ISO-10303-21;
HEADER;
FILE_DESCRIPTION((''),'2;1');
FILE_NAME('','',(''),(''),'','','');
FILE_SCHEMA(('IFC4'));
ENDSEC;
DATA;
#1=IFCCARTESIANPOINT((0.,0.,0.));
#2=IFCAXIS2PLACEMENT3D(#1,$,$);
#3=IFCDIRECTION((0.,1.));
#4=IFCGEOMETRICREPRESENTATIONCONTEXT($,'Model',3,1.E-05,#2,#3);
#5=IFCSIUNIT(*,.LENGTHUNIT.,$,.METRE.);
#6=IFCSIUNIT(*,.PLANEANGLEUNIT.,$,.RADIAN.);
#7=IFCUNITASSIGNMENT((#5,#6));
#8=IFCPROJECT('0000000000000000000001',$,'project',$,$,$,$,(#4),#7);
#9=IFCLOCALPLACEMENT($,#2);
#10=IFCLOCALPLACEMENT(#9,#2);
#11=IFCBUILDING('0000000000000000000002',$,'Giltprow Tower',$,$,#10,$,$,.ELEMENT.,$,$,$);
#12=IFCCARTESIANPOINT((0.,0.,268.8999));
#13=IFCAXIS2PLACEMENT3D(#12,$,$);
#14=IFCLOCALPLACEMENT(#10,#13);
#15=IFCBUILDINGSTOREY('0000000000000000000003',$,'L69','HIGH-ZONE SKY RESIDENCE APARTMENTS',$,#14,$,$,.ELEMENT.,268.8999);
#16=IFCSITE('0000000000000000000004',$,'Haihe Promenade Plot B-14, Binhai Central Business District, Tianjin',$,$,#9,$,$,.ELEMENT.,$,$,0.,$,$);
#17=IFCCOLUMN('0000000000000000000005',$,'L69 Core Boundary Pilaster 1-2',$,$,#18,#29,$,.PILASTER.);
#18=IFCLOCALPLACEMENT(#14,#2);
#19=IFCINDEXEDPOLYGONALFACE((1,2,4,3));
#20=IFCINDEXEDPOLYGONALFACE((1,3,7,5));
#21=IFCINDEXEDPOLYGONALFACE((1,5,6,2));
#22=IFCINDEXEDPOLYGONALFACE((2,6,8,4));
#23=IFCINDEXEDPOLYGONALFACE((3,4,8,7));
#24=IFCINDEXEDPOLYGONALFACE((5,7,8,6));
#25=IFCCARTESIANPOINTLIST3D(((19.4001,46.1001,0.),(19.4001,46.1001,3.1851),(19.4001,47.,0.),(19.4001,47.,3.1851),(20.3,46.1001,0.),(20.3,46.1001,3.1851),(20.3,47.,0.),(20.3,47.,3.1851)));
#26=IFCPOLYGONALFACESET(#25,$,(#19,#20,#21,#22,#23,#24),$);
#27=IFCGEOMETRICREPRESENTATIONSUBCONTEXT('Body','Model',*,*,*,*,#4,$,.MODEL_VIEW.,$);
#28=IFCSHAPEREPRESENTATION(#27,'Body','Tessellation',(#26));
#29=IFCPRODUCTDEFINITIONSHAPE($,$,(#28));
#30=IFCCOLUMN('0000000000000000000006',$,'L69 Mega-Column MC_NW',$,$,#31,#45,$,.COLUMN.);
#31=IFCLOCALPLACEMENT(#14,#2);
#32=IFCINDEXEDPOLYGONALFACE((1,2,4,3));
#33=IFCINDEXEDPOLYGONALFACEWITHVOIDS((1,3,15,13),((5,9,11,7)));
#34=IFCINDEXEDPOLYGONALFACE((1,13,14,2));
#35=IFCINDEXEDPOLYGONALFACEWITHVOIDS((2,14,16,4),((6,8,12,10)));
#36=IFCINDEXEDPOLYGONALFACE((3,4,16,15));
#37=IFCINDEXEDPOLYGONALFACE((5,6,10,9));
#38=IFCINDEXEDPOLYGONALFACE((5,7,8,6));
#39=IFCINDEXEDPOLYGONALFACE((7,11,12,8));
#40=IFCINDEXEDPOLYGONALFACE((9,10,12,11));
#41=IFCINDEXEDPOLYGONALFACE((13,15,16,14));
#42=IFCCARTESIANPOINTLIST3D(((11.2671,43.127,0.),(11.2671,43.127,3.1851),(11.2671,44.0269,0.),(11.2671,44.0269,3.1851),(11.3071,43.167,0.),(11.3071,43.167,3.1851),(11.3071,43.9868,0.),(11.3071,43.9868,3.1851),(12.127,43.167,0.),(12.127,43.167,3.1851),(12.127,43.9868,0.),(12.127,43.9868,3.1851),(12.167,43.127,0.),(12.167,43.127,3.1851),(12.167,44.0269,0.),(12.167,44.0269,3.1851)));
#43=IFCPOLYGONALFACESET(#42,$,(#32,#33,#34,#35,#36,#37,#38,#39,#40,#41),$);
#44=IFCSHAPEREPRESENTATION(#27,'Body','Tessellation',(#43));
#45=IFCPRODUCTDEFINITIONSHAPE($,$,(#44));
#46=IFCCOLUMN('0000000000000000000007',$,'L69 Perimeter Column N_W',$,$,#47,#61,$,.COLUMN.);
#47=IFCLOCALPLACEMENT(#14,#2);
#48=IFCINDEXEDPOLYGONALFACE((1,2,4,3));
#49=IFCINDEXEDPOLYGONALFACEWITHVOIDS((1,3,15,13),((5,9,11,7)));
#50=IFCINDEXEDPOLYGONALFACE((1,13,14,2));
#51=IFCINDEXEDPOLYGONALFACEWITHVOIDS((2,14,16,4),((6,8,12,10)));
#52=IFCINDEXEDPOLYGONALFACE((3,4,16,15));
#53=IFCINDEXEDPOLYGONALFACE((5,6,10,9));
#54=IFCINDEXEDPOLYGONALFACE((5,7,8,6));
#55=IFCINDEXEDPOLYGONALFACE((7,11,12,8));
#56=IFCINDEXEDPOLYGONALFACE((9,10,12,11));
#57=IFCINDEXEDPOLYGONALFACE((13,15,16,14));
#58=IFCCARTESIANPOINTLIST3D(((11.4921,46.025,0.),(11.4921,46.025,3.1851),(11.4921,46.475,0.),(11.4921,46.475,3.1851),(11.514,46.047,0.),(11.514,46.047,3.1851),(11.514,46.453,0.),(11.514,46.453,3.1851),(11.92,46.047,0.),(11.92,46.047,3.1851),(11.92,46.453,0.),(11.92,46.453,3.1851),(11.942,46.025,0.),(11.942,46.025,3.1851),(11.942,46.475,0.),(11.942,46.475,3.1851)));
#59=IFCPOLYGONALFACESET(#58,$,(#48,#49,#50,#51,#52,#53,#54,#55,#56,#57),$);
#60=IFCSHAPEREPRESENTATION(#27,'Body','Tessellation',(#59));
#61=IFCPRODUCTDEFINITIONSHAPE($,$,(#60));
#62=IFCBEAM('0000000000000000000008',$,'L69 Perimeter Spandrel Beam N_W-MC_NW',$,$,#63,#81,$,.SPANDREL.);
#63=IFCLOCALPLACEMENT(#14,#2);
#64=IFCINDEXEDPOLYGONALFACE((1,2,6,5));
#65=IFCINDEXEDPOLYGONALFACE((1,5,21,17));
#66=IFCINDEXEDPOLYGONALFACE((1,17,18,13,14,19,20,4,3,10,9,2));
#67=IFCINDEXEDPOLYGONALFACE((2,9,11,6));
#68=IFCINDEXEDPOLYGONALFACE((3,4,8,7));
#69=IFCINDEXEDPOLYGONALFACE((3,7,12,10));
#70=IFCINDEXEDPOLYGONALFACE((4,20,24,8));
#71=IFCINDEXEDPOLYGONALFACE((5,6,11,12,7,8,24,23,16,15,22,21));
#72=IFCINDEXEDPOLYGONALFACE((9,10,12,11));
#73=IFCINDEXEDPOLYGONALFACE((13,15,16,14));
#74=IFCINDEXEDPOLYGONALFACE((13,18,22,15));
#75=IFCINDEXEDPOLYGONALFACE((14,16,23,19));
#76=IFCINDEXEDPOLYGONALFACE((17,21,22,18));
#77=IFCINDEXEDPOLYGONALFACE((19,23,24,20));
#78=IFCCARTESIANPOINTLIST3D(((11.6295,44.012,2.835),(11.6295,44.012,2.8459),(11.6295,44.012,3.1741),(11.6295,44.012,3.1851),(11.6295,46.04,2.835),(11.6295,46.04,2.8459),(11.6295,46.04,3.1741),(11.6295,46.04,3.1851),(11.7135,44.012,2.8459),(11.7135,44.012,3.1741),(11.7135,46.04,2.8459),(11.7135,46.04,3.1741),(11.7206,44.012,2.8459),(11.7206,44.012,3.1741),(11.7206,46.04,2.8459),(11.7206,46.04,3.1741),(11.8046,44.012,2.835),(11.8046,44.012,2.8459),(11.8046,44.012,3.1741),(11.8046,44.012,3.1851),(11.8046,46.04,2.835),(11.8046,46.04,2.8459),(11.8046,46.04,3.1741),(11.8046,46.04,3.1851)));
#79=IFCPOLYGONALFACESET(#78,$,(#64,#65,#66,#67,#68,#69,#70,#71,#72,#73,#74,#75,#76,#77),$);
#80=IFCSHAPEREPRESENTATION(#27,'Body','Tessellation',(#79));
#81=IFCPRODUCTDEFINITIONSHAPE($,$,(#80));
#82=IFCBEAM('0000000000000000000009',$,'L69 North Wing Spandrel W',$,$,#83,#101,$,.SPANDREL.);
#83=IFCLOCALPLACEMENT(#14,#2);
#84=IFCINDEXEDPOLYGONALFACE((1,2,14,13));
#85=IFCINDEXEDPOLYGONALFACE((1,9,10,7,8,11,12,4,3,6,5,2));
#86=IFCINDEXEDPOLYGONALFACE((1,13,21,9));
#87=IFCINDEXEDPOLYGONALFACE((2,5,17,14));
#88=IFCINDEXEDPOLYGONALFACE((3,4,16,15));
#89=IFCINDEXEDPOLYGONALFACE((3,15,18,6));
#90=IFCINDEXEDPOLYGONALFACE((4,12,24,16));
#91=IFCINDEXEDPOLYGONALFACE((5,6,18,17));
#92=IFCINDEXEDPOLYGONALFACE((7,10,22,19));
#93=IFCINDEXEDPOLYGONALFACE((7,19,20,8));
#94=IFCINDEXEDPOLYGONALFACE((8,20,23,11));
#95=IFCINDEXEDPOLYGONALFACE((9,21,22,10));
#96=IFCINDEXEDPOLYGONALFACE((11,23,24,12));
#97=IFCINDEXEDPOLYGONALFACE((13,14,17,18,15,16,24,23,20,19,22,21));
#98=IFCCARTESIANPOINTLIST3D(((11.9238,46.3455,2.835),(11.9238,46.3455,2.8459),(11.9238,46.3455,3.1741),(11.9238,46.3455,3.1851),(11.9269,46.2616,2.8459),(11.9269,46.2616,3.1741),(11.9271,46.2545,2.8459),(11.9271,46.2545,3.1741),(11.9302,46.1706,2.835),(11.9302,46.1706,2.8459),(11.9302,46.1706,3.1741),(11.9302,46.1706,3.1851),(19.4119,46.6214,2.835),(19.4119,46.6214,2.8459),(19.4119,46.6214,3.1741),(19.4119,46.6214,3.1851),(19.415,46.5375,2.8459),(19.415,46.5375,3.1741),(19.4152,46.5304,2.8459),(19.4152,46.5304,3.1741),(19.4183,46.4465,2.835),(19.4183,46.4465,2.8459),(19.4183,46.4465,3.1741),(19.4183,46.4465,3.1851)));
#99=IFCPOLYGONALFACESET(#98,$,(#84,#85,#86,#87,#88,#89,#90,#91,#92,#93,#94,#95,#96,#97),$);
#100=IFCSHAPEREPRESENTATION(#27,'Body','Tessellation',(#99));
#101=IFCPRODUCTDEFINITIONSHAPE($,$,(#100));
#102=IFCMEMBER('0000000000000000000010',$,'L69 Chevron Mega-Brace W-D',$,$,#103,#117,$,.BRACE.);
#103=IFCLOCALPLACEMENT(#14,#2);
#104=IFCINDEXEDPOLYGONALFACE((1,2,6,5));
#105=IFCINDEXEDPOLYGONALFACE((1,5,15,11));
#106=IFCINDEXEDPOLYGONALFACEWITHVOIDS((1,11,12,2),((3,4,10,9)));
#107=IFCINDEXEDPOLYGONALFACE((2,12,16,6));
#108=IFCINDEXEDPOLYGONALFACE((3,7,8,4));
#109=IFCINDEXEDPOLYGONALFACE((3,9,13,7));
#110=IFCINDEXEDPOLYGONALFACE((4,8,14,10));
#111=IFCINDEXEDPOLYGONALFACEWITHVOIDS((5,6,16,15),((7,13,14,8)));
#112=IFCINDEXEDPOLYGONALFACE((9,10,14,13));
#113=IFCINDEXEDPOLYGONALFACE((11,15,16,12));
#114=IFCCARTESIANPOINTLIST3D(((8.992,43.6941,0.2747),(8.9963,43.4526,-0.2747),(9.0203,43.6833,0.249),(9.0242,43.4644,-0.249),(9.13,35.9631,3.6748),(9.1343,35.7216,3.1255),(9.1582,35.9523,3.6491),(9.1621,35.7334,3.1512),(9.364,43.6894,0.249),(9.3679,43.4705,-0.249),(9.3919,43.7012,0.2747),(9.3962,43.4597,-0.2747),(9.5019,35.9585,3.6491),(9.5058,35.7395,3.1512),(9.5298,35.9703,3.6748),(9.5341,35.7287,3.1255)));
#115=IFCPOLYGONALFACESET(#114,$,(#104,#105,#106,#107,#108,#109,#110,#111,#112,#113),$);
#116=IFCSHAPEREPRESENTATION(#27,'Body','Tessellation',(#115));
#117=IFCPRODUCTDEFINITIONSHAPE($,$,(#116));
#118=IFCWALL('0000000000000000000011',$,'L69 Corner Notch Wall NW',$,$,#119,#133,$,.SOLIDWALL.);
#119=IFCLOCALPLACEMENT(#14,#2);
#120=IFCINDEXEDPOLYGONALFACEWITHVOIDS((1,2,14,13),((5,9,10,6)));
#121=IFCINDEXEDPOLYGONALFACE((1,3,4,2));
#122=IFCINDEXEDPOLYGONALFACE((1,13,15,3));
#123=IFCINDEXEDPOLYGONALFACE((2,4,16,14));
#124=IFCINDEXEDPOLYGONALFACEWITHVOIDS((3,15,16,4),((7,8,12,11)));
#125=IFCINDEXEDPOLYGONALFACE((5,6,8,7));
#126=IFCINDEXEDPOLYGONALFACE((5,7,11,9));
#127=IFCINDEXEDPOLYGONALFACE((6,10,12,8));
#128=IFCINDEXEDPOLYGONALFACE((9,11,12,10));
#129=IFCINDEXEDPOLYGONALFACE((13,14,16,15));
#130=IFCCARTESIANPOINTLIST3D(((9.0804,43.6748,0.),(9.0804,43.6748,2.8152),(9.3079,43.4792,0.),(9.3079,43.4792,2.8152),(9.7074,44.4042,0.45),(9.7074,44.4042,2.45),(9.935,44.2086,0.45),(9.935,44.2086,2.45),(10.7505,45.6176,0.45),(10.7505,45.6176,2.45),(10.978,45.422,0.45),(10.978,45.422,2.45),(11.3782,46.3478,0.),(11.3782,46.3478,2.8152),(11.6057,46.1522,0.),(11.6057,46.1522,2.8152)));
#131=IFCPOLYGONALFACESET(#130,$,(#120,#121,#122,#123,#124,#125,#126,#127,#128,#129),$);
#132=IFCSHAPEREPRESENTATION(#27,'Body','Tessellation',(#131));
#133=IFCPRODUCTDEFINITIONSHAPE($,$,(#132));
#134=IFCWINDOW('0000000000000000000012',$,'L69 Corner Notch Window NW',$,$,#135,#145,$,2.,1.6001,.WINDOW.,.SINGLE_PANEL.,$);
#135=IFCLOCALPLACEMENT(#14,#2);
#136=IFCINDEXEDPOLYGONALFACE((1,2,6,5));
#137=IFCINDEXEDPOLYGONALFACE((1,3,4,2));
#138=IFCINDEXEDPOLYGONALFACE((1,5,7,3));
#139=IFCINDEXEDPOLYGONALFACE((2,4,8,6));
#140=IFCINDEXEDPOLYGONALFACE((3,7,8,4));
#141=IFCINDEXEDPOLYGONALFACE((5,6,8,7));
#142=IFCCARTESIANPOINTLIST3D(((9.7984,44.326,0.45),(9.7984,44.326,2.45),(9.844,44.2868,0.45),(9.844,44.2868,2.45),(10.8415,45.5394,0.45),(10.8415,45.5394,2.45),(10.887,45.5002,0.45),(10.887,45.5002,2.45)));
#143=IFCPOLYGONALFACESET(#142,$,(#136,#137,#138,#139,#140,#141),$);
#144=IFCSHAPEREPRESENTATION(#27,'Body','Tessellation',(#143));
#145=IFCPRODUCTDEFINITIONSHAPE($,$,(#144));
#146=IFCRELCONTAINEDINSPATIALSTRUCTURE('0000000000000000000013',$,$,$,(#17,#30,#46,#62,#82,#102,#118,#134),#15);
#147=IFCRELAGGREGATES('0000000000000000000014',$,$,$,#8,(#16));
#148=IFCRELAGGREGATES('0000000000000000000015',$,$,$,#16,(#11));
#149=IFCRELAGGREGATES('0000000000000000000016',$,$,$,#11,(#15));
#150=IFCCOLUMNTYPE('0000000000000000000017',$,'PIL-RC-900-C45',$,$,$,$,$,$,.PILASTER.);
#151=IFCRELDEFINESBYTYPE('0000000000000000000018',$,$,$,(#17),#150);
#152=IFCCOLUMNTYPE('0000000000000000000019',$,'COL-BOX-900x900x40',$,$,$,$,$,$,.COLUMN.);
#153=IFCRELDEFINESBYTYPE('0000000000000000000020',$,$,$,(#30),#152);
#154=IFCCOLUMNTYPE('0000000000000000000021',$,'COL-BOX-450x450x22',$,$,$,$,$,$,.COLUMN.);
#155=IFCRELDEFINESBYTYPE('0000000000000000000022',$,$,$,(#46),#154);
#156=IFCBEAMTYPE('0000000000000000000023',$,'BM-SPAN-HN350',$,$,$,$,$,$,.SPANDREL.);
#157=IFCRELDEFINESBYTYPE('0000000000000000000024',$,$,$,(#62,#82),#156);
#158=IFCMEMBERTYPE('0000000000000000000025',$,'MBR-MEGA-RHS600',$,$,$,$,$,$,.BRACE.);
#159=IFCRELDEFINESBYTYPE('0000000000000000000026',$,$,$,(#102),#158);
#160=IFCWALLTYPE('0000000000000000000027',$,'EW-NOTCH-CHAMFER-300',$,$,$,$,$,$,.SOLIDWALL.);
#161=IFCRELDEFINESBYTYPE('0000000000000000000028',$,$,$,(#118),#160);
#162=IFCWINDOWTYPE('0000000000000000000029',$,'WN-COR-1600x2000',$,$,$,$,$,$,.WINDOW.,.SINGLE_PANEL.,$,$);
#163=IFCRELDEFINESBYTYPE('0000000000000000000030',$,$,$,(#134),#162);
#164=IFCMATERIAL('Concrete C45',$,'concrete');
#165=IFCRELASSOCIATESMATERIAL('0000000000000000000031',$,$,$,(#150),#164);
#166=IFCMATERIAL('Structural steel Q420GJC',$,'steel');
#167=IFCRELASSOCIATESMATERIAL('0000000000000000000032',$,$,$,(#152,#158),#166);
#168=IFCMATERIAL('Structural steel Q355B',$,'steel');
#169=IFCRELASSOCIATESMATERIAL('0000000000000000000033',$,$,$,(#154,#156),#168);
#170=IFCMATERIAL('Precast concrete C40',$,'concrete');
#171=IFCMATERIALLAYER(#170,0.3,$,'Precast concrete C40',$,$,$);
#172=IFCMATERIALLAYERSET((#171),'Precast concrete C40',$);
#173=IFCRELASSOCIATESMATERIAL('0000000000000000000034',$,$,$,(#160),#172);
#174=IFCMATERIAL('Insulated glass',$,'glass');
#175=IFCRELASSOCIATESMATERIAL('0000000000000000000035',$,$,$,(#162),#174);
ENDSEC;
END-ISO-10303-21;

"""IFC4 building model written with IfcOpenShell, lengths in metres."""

from ifc_helpers import new_model, si_unit, direction, frame, frame_2d, origin, origin_2d, place, context, subcontext, project, spatial, rectangle, hollow_rectangle, i_section, extrude, source, transform, mapped, material, layer, layer_set, material_profile, profile_set, type_object, element, fill, save


model = new_model("IFC4")

# Units and contexts
model_context = context("Model", 3, precision=1e-05, world=origin(), true_north=direction((0.0, 1.0)))
body_context = subcontext(model_context, "Body", "Model", "MODEL_VIEW")
ifc_project = project(units=[si_unit("LENGTHUNIT", "METRE"), si_unit("PLANEANGLEUNIT", "RADIAN")], contexts=[model_context])

# Site, building, storey
site_placement = place(None, origin())
site = spatial("IfcSite", under=ifc_project, at=site_placement, Name="Haihe Promenade Plot B-14, Binhai Central Business District, Tianjin", CompositionType="ELEMENT", RefElevation=0.0)
building_placement = place(site_placement, origin())
building = spatial("IfcBuilding", under=site, at=building_placement, Name="Giltprow Tower", CompositionType="ELEMENT")
storey_placement = place(building_placement, frame((0.0, 0.0, 268.8999)))
storey = spatial("IfcBuildingStorey", under=building, at=storey_placement, Name="L69", Description="HIGH-ZONE SKY RESIDENCE APARTMENTS", CompositionType="ELEMENT", Elevation=268.8999)

# Columns
ifc_material_1 = material(Name="Concrete C45", Category="concrete")
ifc_material_profile_1 = material_profile(ifc_material_1, rectangle(XDim=0.8999, YDim=0.8999, at=origin_2d()), Name="RC 900x900")
ifc_profile_set_1 = profile_set([ifc_material_profile_1], Name="Concrete C45")
column_type_1 = type_object("IfcColumnType", Name="PIL-RC-900-C45", PredefinedType="PILASTER", material=ifc_profile_set_1)
shared_shape_1 = source(origin(), body_context, "Body", "SweptSolid", [
    extrude(rectangle(XDim=0.8999, YDim=0.8999, at=origin_2d()), origin(), (0.0, 0.0, 1.0), 3.1851),
])
column_1_placement = place(storey_placement, frame((19.8501, 46.55, 0.0), z_axis=(0.0, 0.0, 1.0), x_axis=(1.0, 0.0, 0.0)))
element("IfcColumn", 1, at=column_1_placement, inside=storey, type_object=column_type_1, Name="L69 Core Boundary Pilaster 1-2", PredefinedType="PILASTER", context=body_context, shape_type="MappedRepresentation", body=[
    mapped(shared_shape_1, transform((0.0, 0.0, 0.0), x_axis=(1.0, 0.0, 0.0), y_axis=(0.0, 1.0, 0.0), z_axis=(0.0, 0.0, 1.0), scale=1.0)),
])
ifc_material_2 = material(Name="Structural steel Q420GJC", Category="steel")
ifc_material_profile_2 = material_profile(ifc_material_2, hollow_rectangle(XDim=0.8999, YDim=0.8999, WallThickness=0.04, at=origin_2d()), Name="BOX 900x900x40")
ifc_profile_set_2 = profile_set([ifc_material_profile_2], Name="Structural steel Q420GJC")
column_type_2 = type_object("IfcColumnType", Name="COL-BOX-900x900x40", PredefinedType="COLUMN", material=ifc_profile_set_2)
shared_shape_2 = source(origin(), body_context, "Body", "SweptSolid", [
    extrude(hollow_rectangle(XDim=0.8999, YDim=0.8999, WallThickness=0.04, at=origin_2d()), origin(), (0.0, 0.0, 1.0), 3.1851),
])
column_2_placement = place(storey_placement, frame((11.717, 43.5769, 0.0), z_axis=(0.0, 0.0, 1.0), x_axis=(1.0, 0.0, 0.0)))
element("IfcColumn", 2, at=column_2_placement, inside=storey, type_object=column_type_2, Name="L69 Mega-Column MC_NW", PredefinedType="COLUMN", context=body_context, shape_type="MappedRepresentation", body=[
    mapped(shared_shape_2, transform((0.0, 0.0, 0.0), x_axis=(1.0, 0.0, 0.0), y_axis=(0.0, 1.0, 0.0), z_axis=(0.0, 0.0, 1.0), scale=1.0)),
])
ifc_material_3 = material(Name="Structural steel Q355B", Category="steel")
ifc_material_profile_3 = material_profile(ifc_material_3, hollow_rectangle(XDim=0.45, YDim=0.45, WallThickness=0.022, at=origin_2d()), Name="BOX 450x450x22")
ifc_profile_set_3 = profile_set([ifc_material_profile_3], Name="Structural steel Q355B")
column_type_3 = type_object("IfcColumnType", Name="COL-BOX-450x450x22", PredefinedType="COLUMN", material=ifc_profile_set_3)
shared_shape_3 = source(origin(), body_context, "Body", "SweptSolid", [
    extrude(hollow_rectangle(XDim=0.45, YDim=0.45, WallThickness=0.022, at=origin_2d()), origin(), (0.0, 0.0, 1.0), 3.1851),
])
column_3_placement = place(storey_placement, frame((11.717, 46.25, 0.0), z_axis=(0.0, 0.0, 1.0), x_axis=(1.0, 0.0, 0.0)))
element("IfcColumn", 3, at=column_3_placement, inside=storey, type_object=column_type_3, Name="L69 Perimeter Column N_W", PredefinedType="COLUMN", context=body_context, shape_type="MappedRepresentation", body=[
    mapped(shared_shape_3, transform((0.0, 0.0, 0.0), x_axis=(1.0, 0.0, 0.0), y_axis=(0.0, 1.0, 0.0), z_axis=(0.0, 0.0, 1.0), scale=1.0)),
])

# Beams
ifc_material_profile_4 = material_profile(ifc_material_3, i_section(OverallWidth=0.175, OverallDepth=0.3501, WebThickness=0.0071, FlangeThickness=0.011, at=origin_2d()), Name="HN 350x175x7x11")
ifc_profile_set_4 = profile_set([ifc_material_profile_4], Name="Structural steel Q355B")
beam_type = type_object("IfcBeamType", Name="BM-SPAN-HN350", PredefinedType="SPANDREL", material=ifc_profile_set_4)
shared_shape_4 = source(origin(), body_context, "Body", "SweptSolid", [
    extrude(i_section(OverallWidth=0.175, OverallDepth=0.3501, WebThickness=0.0071, FlangeThickness=0.011, at=origin_2d()), origin(), (0.0, 0.0, 1.0), 2.0281),
])
beam_1_placement = place(storey_placement, frame((11.717, 46.04, 3.01), z_axis=(0.0, -1.0, 0.0), x_axis=(1.0, 0.0, 0.0)))
element("IfcBeam", 4, at=beam_1_placement, inside=storey, type_object=beam_type, Name="L69 Perimeter Spandrel Beam N_W-MC_NW", PredefinedType="SPANDREL", context=body_context, shape_type="MappedRepresentation", body=[
    mapped(shared_shape_4, transform((0.0, 0.0, 0.0), x_axis=(1.0, 0.0, 0.0), y_axis=(0.0, 1.0, 0.0), z_axis=(0.0, 0.0, 1.0), scale=1.0)),
])
shared_shape_5 = source(origin(), body_context, "Body", "SweptSolid", [
    extrude(i_section(OverallWidth=0.175, OverallDepth=0.3501, WebThickness=0.0071, FlangeThickness=0.011, at=origin_2d()), origin(), (0.0, 0.0, 1.0), 7.4932),
])
beam_2_placement = place(storey_placement, frame((11.927, 46.2581, 3.01), z_axis=(0.999322, 0.036818, 0.0), x_axis=(-0.036818, 0.999322, 0.0)))
element("IfcBeam", 5, at=beam_2_placement, inside=storey, type_object=beam_type, Name="L69 North Wing Spandrel W", PredefinedType="SPANDREL", context=body_context, shape_type="MappedRepresentation", body=[
    mapped(shared_shape_5, transform((0.0, 0.0, 0.0), x_axis=(1.0, 0.0, 0.0), y_axis=(0.0, 1.0, 0.0), z_axis=(0.0, 0.0, 1.0), scale=1.0)),
])

# Member
ifc_material_profile_5 = material_profile(ifc_material_2, hollow_rectangle(XDim=0.3999, YDim=0.6001, WallThickness=0.0281, at=origin_2d()), Name="RHS 600x400x28")
ifc_profile_set_5 = profile_set([ifc_material_profile_5], Name="Structural steel Q420GJC")
member_type = type_object("IfcMemberType", Name="MBR-MEGA-RHS600", PredefinedType="BRACE", material=ifc_profile_set_5)
shared_shape_6 = source(origin(), body_context, "Body", "SweptSolid", [
    extrude(hollow_rectangle(XDim=0.3999, YDim=0.6001, WallThickness=0.0281, at=origin_2d()), origin(), (0.0, 0.0, 1.0), 8.4468),
])
member_placement = place(storey_placement, frame((9.1941, 43.5769, 0.0), z_axis=(0.01633, -0.915257, 0.402539), x_axis=(0.999841, 0.01784, 0.0)))
element("IfcMember", 6, at=member_placement, inside=storey, type_object=member_type, Name="L69 Chevron Mega-Brace W-D", PredefinedType="BRACE", context=body_context, shape_type="MappedRepresentation", body=[
    mapped(shared_shape_6, transform((0.0, 0.0, 0.0), x_axis=(1.0, 0.0, 0.0), y_axis=(0.0, 1.0, 0.0), z_axis=(0.0, 0.0, 1.0), scale=1.0)),
])

# Wall, opening, window
ifc_material_4 = material(Name="Precast concrete C40", Category="concrete")
ifc_layer_1 = layer(ifc_material_4, 0.3, Name="Precast concrete C40")
ifc_layer_set_1 = layer_set([ifc_layer_1], Name="Precast concrete C40")
wall_type_1 = type_object("IfcWallType", Name="EW-NOTCH-CHAMFER-300", PredefinedType="SOLIDWALL", material=ifc_layer_set_1)
wall_1_placement = place(storey_placement, frame((11.4919, 46.25, 0.0), z_axis=(0.0, 0.0, 1.0), x_axis=(-0.651874, -0.758327, 0.0)))
wall_1 = element("IfcWall", 7, at=wall_1_placement, inside=storey, type_object=wall_type_1, Name="L69 Corner Notch Wall NW", PredefinedType="SOLIDWALL", context=body_context, shape_type="SweptSolid", body=[
    extrude(rectangle(XDim=3.5249, YDim=0.3, at=frame_2d((1.7625, 0.0))), origin(), (0.0, 0.0, 1.0), 2.8152),
])
opening_1_placement = place(wall_1_placement, frame((0.9629, 0.0, 0.45)))
opening_1 = element("IfcOpeningElement", 8, at=opening_1_placement, cuts=wall_1, PredefinedType="OPENING", context=body_context, shape_type="SweptSolid", body=[
    extrude(rectangle(XDim=1.6001, YDim=2.0, at=frame_2d((0.8, 1.0))), frame((0.0, 0.1599, 0.0), z_axis=(0.0, -1.0, 0.0), x_axis=(1.0, 0.0, 0.0)), (0.0, 0.0, 1.0), 0.3201),
])
ifc_material_5 = material(Name="Insulated glass", Category="glass")
window_type = type_object("IfcWindowType", Name="WN-COR-1600x2000", PartitioningType="SINGLE_PANEL", PredefinedType="WINDOW", material=ifc_material_5)
shared_shape_7 = source(origin(), body_context, "Body", "SweptSolid", [
    extrude(rectangle(XDim=1.6001, YDim=2.0, at=frame_2d((0.8, 1.0))), frame((0.0, 0.03, 0.0), z_axis=(0.0, -1.0, 0.0), x_axis=(1.0, 0.0, 0.0)), (0.0, 0.0, 1.0), 0.0601),
])
window_1_placement = place(opening_1_placement, origin())
window_1 = element("IfcWindow", 9, at=window_1_placement, inside=storey, type_object=window_type, Name="L69 Corner Notch Window NW", OverallHeight=2.0, OverallWidth=1.6001, PartitioningType="SINGLE_PANEL", PredefinedType="WINDOW", context=body_context, shape_type="MappedRepresentation", body=[
    mapped(shared_shape_7, transform((0.0, 0.0, 0.0), x_axis=(1.0, 0.0, 0.0), y_axis=(0.0, 1.0, 0.0), z_axis=(0.0, 0.0, 1.0), scale=1.0)),
])
fill(opening_1, window_1)

save(model, "model.ifc")
